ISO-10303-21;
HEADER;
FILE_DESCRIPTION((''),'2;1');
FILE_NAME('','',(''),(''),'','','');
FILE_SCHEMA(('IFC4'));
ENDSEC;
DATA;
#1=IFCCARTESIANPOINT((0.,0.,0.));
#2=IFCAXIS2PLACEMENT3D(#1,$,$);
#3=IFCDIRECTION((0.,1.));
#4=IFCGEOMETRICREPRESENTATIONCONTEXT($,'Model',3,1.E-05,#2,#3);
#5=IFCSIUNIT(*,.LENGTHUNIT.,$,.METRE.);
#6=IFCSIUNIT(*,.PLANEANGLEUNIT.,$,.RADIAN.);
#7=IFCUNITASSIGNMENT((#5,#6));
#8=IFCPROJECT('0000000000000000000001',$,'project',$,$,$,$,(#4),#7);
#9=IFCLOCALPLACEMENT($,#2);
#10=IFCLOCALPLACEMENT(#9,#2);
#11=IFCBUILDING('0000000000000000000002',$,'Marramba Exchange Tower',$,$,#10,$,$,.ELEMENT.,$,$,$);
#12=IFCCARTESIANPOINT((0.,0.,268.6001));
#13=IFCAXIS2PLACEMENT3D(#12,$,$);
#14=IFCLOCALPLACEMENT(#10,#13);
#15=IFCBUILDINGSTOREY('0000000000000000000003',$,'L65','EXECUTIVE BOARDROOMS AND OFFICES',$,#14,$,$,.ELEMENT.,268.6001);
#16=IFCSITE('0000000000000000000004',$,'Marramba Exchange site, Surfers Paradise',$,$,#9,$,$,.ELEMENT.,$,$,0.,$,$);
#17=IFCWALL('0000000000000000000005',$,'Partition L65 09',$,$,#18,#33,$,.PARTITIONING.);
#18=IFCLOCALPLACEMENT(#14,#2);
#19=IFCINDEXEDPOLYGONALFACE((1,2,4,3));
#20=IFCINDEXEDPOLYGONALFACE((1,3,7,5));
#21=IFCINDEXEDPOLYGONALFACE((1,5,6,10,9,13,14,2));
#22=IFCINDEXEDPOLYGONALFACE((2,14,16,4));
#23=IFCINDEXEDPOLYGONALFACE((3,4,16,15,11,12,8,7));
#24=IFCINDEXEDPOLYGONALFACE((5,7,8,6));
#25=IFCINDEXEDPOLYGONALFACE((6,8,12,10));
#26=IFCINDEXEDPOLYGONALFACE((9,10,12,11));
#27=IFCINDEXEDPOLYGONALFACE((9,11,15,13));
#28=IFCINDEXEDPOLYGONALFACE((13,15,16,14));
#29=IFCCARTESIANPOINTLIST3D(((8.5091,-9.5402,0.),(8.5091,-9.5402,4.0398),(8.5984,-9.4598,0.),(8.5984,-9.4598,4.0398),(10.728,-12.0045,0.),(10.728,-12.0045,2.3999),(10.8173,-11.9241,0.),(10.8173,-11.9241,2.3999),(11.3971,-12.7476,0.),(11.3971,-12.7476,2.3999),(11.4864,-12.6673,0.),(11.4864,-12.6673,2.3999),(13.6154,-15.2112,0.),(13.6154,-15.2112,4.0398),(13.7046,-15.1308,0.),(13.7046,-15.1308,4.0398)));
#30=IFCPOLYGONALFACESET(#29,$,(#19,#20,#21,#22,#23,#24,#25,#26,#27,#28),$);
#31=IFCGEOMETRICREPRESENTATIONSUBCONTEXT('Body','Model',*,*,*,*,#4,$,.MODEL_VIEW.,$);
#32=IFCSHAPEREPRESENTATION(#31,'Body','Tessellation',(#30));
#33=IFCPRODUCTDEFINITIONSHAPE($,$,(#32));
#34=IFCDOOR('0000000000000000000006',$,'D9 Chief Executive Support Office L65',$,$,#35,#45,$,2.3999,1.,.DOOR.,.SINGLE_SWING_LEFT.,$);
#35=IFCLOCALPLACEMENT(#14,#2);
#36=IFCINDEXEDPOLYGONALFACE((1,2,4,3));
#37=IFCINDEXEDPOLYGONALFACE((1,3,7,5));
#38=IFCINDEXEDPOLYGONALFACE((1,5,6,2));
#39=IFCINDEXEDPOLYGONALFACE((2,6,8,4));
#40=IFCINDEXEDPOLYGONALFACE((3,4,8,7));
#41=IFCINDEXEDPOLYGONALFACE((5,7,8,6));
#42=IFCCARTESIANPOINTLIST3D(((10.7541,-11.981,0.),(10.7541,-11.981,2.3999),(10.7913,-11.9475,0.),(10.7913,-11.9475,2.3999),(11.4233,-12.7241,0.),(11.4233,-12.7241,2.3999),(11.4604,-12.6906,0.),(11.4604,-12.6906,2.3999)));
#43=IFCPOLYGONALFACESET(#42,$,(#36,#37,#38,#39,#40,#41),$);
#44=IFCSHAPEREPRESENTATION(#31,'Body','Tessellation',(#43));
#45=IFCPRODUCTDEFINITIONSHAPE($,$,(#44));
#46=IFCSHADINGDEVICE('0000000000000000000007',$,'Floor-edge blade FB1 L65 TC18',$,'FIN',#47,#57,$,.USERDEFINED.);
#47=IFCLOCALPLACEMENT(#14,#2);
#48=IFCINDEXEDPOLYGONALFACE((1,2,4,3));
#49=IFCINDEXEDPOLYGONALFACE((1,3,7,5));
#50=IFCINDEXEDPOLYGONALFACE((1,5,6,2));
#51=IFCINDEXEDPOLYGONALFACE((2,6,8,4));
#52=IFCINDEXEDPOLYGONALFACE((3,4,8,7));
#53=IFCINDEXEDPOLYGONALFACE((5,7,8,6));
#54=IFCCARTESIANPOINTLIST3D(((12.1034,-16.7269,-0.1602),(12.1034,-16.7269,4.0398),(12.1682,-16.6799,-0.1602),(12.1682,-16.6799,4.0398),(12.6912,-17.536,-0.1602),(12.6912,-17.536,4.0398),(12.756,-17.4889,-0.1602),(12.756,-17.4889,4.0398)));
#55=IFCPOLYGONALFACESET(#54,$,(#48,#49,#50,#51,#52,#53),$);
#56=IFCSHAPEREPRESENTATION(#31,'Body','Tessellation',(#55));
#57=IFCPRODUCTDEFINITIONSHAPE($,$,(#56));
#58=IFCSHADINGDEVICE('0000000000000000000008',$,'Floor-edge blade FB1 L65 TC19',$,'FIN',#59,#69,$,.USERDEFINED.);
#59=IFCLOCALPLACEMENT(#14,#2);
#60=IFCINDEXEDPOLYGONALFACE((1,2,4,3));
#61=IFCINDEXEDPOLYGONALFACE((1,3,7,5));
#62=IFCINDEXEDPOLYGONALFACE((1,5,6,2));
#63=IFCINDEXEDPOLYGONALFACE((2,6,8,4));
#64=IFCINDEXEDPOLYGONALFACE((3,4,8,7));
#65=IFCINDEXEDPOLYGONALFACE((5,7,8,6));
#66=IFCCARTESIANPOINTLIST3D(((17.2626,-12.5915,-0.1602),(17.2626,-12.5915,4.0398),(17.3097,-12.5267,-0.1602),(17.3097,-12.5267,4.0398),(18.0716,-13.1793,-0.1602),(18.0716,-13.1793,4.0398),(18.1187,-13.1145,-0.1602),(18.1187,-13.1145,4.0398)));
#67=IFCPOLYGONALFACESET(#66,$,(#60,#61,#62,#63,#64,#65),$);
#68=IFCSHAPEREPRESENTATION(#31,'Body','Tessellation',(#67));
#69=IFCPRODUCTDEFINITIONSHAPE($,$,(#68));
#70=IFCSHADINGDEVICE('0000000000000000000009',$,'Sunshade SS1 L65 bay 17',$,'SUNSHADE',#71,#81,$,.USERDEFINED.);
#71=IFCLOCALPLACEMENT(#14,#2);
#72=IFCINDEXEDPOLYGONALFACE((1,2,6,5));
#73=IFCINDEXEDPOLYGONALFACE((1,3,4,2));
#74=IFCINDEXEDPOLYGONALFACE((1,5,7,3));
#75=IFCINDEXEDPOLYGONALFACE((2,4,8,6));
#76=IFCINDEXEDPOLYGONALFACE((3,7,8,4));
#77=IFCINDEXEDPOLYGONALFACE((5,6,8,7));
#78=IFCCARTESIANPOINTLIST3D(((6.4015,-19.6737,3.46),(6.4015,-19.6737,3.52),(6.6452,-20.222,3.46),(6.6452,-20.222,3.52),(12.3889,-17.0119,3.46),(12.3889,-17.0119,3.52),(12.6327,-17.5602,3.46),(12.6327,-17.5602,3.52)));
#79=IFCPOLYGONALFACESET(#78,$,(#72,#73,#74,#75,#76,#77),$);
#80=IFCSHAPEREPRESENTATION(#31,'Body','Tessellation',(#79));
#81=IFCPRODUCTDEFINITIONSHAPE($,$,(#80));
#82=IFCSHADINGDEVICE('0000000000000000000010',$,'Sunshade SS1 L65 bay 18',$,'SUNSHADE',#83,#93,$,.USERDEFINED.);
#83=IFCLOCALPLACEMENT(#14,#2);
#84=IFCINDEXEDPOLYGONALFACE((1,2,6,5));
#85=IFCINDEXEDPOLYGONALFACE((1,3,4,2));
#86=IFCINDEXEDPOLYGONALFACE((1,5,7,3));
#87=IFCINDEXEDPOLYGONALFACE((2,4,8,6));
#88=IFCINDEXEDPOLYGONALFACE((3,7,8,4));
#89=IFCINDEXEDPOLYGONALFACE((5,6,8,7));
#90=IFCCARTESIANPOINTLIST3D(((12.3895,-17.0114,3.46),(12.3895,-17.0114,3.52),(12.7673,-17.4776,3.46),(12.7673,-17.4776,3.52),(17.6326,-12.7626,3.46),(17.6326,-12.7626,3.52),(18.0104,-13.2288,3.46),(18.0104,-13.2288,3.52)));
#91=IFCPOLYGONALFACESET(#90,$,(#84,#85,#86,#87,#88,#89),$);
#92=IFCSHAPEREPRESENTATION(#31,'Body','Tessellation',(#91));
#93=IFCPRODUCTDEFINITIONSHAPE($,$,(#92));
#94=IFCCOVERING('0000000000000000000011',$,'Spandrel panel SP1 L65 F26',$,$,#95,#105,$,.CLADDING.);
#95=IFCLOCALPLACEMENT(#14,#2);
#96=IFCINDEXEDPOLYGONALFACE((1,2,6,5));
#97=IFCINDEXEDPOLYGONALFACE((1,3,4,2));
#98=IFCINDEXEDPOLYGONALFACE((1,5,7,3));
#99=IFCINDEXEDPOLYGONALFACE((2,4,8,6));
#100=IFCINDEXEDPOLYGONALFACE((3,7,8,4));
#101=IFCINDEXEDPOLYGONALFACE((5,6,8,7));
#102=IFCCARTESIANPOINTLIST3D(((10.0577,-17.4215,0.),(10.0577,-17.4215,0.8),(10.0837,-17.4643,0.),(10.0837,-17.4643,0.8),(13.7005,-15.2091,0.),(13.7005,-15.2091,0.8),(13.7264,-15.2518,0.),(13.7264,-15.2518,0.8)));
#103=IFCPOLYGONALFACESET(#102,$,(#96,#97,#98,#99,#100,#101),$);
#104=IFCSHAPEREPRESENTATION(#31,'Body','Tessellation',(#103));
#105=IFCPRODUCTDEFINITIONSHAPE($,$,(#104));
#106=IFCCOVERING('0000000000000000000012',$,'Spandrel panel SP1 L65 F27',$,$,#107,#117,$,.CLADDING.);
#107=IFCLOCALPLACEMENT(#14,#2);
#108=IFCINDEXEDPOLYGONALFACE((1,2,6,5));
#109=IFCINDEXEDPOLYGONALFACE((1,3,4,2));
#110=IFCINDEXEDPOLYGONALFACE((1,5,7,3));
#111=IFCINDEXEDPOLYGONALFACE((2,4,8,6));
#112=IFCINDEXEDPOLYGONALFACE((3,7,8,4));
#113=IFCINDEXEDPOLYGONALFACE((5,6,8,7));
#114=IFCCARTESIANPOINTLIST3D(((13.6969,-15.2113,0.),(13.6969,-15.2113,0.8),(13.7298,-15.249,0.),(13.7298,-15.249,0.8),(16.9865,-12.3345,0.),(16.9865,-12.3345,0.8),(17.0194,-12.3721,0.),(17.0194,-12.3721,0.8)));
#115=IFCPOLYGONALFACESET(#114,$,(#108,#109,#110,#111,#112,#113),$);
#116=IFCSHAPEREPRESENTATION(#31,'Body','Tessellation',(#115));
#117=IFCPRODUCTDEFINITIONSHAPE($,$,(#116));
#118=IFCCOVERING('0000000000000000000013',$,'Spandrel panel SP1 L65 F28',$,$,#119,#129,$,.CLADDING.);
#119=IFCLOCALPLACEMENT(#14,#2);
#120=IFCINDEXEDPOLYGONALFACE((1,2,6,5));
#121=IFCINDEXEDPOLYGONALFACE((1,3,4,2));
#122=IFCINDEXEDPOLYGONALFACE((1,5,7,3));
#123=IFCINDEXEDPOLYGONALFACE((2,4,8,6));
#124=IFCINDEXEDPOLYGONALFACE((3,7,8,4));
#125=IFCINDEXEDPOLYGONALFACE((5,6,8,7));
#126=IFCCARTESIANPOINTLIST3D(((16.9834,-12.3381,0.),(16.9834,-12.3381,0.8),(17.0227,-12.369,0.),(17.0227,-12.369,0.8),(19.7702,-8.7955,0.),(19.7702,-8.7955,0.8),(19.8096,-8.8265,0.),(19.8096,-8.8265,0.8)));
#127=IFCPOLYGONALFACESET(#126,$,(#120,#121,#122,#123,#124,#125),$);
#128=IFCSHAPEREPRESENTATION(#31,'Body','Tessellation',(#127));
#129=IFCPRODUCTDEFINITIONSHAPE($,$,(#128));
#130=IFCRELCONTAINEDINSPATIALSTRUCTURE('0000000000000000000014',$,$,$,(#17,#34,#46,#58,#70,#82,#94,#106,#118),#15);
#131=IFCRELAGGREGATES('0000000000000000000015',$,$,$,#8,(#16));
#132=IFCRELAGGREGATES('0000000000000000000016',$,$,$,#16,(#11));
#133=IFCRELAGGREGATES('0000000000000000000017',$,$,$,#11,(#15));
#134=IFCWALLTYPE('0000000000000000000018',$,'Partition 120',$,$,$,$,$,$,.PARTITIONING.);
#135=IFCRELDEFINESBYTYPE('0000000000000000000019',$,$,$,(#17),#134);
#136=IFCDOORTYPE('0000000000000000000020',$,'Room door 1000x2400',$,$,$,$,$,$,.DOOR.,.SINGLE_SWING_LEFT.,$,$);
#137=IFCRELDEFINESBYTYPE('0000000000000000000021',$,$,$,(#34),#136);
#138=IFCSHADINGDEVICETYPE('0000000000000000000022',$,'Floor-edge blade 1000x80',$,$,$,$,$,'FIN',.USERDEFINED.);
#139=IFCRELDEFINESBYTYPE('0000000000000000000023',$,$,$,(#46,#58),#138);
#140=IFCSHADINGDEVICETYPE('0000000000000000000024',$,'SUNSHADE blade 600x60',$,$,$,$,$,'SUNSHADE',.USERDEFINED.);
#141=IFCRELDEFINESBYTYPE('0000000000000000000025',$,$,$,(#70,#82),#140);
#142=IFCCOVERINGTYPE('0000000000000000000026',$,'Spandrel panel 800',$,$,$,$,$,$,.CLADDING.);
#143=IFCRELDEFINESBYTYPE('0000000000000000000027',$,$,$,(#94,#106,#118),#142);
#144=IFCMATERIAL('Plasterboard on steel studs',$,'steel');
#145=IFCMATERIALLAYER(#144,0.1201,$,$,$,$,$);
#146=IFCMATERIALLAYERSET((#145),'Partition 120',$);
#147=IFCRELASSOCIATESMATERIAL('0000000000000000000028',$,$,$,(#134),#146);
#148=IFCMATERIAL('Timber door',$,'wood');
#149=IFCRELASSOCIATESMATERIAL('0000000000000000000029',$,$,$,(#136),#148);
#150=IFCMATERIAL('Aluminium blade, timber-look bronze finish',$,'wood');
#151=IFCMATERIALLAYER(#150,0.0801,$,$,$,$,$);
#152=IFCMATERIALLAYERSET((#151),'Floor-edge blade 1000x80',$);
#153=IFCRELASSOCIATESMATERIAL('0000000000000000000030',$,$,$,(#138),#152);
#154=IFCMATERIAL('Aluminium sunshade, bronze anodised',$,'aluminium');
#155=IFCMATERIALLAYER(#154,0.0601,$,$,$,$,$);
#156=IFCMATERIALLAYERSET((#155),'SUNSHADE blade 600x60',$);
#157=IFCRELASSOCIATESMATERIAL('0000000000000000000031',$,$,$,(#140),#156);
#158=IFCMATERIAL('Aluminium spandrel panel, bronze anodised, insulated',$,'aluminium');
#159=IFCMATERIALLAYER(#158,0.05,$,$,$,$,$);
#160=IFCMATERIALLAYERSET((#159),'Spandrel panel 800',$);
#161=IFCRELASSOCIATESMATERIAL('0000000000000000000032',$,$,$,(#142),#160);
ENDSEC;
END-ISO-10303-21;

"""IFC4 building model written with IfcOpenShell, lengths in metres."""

from ifc_helpers import new_model, si_unit, direction, frame, frame_2d, origin, origin_2d, place, context, subcontext, project, spatial, rectangle, extrude, material, layer, layer_set, type_object, element, fill, save


model = new_model("IFC4")

# Units and contexts
model_context = context("Model", 3, precision=1e-05, world=origin(), true_north=direction((0.0, 1.0)))
body_context = subcontext(model_context, "Body", "Model", "MODEL_VIEW")
ifc_project = project(units=[si_unit("LENGTHUNIT", "METRE"), si_unit("PLANEANGLEUNIT", "RADIAN")], contexts=[model_context])

# Site, building, storey
site_placement = place(None, origin())
site = spatial("IfcSite", under=ifc_project, at=site_placement, Name="Marramba Exchange site, Surfers Paradise", CompositionType="ELEMENT", RefElevation=0.0)
building_placement = place(site_placement, origin())
building = spatial("IfcBuilding", under=site, at=building_placement, Name="Marramba Exchange Tower", CompositionType="ELEMENT")
storey_placement = place(building_placement, frame((0.0, 0.0, 268.6001)))
storey = spatial("IfcBuildingStorey", under=building, at=storey_placement, Name="L65", Description="EXECUTIVE BOARDROOMS AND OFFICES", CompositionType="ELEMENT", Elevation=268.6001)

# Wall, opening, door
ifc_material_1 = material(Name="Plasterboard on steel studs", Category="steel")
ifc_layer_1 = layer(ifc_material_1, 0.1201)
ifc_layer_set_1 = layer_set([ifc_layer_1], Name="Partition 120")
wall_type = type_object("IfcWallType", Name="Partition 120", PredefinedType="PARTITIONING", material=ifc_layer_set_1)
wall_placement = place(storey_placement, frame((13.6599, -15.1709, 0.0), z_axis=(0.0, 0.0, 1.0), x_axis=(-0.669138, 0.743138, 0.0)))
wall = element("IfcWall", 1, at=wall_placement, inside=storey, type_object=wall_type, Name="Partition L65 09", PredefinedType="PARTITIONING", context=body_context, shape_type="SweptSolid", body=[
    extrude(rectangle(XDim=7.6311, YDim=0.1201, at=frame_2d((3.8154, 0.0))), origin(), (0.0, 0.0, 1.0), 4.0398),
])
opening_placement = place(wall_placement, frame((3.3149, 0.0, 0.0)))
opening = element("IfcOpeningElement", 2, at=opening_placement, cuts=wall, PredefinedType="OPENING", context=body_context, shape_type="SweptSolid", body=[
    extrude(rectangle(XDim=1.0, YDim=2.3999, at=frame_2d((0.5, 1.2))), frame((0.0, 0.0701, 0.0), z_axis=(0.0, -1.0, 0.0), x_axis=(1.0, 0.0, 0.0)), (0.0, 0.0, 1.0), 0.1401),
])
ifc_material_2 = material(Name="Timber door", Category="wood")
door_type = type_object("IfcDoorType", Name="Room door 1000x2400", OperationType="SINGLE_SWING_LEFT", PredefinedType="DOOR", material=ifc_material_2)
door_placement = place(opening_placement, origin())
door = element("IfcDoor", 3, at=door_placement, inside=storey, type_object=door_type, Name="D9 Chief Executive Support Office L65", OperationType="SINGLE_SWING_LEFT", OverallHeight=2.3999, OverallWidth=1.0, PredefinedType="DOOR", context=body_context, shape_type="SweptSolid", body=[
    extrude(rectangle(XDim=1.0, YDim=2.3999, at=frame_2d((0.5, 1.2))), frame((0.0, 0.0249, 0.0), z_axis=(0.0, -1.0, 0.0), x_axis=(1.0, 0.0, 0.0)), (0.0, 0.0, 1.0), 0.05),
])
fill(opening, door)

# Shading devices
ifc_material_3 = material(Name="Aluminium blade, timber-look bronze finish", Category="wood")
ifc_layer_2 = layer(ifc_material_3, 0.0801)
ifc_layer_set_2 = layer_set([ifc_layer_2], Name="Floor-edge blade 1000x80")
shading_device_type_1 = type_object("IfcShadingDeviceType", Name="Floor-edge blade 1000x80", ElementType="FIN", PredefinedType="USERDEFINED", material=ifc_layer_set_2)
for number, where, z_axis, x_axis, name in (
    (4, (12.4297, -17.1079, -0.1602), (0.0, 0.0, 1.0), (0.587785, -0.809017, 0.0), "Floor-edge blade FB1 L65 TC18"),
    (5, (17.6907, -12.853, -0.1602), (0.0, 0.0, 1.0), (0.809017, -0.587785, 0.0), "Floor-edge blade FB1 L65 TC19"),
):
    element("IfcShadingDevice", number, at=place(storey_placement, frame(where, z_axis=z_axis, x_axis=x_axis)), inside=storey, type_object=shading_device_type_1, Name=name, ObjectType="FIN", PredefinedType="USERDEFINED", context=body_context, shape_type="SweptSolid", body=[
        extrude(rectangle(XDim=1.0, YDim=0.0801, at=origin_2d()), origin(), (0.0, 0.0, 1.0), 4.2),
    ])
ifc_material_4 = material(Name="Aluminium sunshade, bronze anodised", Category="aluminium")
ifc_layer_3 = layer(ifc_material_4, 0.0601)
ifc_layer_set_3 = layer_set([ifc_layer_3], Name="SUNSHADE blade 600x60")
shading_device_type_2 = type_object("IfcShadingDeviceType", Name="SUNSHADE blade 600x60", ElementType="SUNSHADE", PredefinedType="USERDEFINED", material=ifc_layer_set_3)
shading_device_1_placement = place(storey_placement, frame((9.5171, -18.6169, 3.46), z_axis=(0.0, 0.0, 1.0), x_axis=(0.913771, 0.406229, 0.0)))
element("IfcShadingDevice", 6, at=shading_device_1_placement, inside=storey, type_object=shading_device_type_2, Name="Sunshade SS1 L65 bay 17", ObjectType="SUNSHADE", PredefinedType="USERDEFINED", context=body_context, shape_type="SweptSolid", body=[
    extrude(rectangle(XDim=6.5525, YDim=0.6001, at=origin_2d()), origin(), (0.0, 0.0, 1.0), 0.0601),
])
shading_device_2_placement = place(storey_placement, frame((15.2, -15.1201, 3.46), z_axis=(0.0, 0.0, 1.0), x_axis=(0.776928, 0.62959, 0.0)))
element("IfcShadingDevice", 7, at=shading_device_2_placement, inside=storey, type_object=shading_device_type_2, Name="Sunshade SS1 L65 bay 18", ObjectType="SUNSHADE", PredefinedType="USERDEFINED", context=body_context, shape_type="SweptSolid", body=[
    extrude(rectangle(XDim=6.7485, YDim=0.6001, at=origin_2d()), origin(), (0.0, 0.0, 1.0), 0.0601),
])

# Coverings
ifc_material_5 = material(Name="Aluminium spandrel panel, bronze anodised, insulated", Category="aluminium")
ifc_layer_4 = layer(ifc_material_5, 0.05)
ifc_layer_set_4 = layer_set([ifc_layer_4], Name="Spandrel panel 800")
covering_type = type_object("IfcCoveringType", Name="Spandrel panel 800", PredefinedType="CLADDING", material=ifc_layer_set_4)
covering_1_placement = place(storey_placement, frame((11.8921, -16.3367, 0.0), z_axis=(0.0, 0.0, 1.0), x_axis=(0.854704, 0.519115, 0.0)))
element("IfcCovering", 8, at=covering_1_placement, inside=storey, type_object=covering_type, Name="Spandrel panel SP1 L65 F26", PredefinedType="CLADDING", context=body_context, shape_type="SweptSolid", body=[
    extrude(rectangle(XDim=4.262, YDim=0.05, at=origin_2d()), origin(), (0.0, 0.0, 1.0), 0.8),
])
covering_2_placement = place(storey_placement, frame((15.3582, -13.7917, 0.0), z_axis=(0.0, 0.0, 1.0), x_axis=(0.752751, 0.658305, 0.0)))
element("IfcCovering", 9, at=covering_2_placement, inside=storey, type_object=covering_type, Name="Spandrel panel SP1 L65 F27", PredefinedType="CLADDING", context=body_context, shape_type="SweptSolid", body=[
    extrude(rectangle(XDim=4.3701, YDim=0.05, at=origin_2d()), origin(), (0.0, 0.0, 1.0), 0.8),
])
covering_3_placement = place(storey_placement, frame((18.3965, -10.5823, 0.0), z_axis=(0.0, 0.0, 1.0), x_axis=(0.618291, 0.78595, 0.0)))
element("IfcCovering", 10, at=covering_3_placement, inside=storey, type_object=covering_type, Name="Spandrel panel SP1 L65 F28", PredefinedType="CLADDING", context=body_context, shape_type="SweptSolid", body=[
    extrude(rectangle(XDim=4.5073, YDim=0.05, at=origin_2d()), origin(), (0.0, 0.0, 1.0), 0.8),
])

save(model, "model.ifc")
